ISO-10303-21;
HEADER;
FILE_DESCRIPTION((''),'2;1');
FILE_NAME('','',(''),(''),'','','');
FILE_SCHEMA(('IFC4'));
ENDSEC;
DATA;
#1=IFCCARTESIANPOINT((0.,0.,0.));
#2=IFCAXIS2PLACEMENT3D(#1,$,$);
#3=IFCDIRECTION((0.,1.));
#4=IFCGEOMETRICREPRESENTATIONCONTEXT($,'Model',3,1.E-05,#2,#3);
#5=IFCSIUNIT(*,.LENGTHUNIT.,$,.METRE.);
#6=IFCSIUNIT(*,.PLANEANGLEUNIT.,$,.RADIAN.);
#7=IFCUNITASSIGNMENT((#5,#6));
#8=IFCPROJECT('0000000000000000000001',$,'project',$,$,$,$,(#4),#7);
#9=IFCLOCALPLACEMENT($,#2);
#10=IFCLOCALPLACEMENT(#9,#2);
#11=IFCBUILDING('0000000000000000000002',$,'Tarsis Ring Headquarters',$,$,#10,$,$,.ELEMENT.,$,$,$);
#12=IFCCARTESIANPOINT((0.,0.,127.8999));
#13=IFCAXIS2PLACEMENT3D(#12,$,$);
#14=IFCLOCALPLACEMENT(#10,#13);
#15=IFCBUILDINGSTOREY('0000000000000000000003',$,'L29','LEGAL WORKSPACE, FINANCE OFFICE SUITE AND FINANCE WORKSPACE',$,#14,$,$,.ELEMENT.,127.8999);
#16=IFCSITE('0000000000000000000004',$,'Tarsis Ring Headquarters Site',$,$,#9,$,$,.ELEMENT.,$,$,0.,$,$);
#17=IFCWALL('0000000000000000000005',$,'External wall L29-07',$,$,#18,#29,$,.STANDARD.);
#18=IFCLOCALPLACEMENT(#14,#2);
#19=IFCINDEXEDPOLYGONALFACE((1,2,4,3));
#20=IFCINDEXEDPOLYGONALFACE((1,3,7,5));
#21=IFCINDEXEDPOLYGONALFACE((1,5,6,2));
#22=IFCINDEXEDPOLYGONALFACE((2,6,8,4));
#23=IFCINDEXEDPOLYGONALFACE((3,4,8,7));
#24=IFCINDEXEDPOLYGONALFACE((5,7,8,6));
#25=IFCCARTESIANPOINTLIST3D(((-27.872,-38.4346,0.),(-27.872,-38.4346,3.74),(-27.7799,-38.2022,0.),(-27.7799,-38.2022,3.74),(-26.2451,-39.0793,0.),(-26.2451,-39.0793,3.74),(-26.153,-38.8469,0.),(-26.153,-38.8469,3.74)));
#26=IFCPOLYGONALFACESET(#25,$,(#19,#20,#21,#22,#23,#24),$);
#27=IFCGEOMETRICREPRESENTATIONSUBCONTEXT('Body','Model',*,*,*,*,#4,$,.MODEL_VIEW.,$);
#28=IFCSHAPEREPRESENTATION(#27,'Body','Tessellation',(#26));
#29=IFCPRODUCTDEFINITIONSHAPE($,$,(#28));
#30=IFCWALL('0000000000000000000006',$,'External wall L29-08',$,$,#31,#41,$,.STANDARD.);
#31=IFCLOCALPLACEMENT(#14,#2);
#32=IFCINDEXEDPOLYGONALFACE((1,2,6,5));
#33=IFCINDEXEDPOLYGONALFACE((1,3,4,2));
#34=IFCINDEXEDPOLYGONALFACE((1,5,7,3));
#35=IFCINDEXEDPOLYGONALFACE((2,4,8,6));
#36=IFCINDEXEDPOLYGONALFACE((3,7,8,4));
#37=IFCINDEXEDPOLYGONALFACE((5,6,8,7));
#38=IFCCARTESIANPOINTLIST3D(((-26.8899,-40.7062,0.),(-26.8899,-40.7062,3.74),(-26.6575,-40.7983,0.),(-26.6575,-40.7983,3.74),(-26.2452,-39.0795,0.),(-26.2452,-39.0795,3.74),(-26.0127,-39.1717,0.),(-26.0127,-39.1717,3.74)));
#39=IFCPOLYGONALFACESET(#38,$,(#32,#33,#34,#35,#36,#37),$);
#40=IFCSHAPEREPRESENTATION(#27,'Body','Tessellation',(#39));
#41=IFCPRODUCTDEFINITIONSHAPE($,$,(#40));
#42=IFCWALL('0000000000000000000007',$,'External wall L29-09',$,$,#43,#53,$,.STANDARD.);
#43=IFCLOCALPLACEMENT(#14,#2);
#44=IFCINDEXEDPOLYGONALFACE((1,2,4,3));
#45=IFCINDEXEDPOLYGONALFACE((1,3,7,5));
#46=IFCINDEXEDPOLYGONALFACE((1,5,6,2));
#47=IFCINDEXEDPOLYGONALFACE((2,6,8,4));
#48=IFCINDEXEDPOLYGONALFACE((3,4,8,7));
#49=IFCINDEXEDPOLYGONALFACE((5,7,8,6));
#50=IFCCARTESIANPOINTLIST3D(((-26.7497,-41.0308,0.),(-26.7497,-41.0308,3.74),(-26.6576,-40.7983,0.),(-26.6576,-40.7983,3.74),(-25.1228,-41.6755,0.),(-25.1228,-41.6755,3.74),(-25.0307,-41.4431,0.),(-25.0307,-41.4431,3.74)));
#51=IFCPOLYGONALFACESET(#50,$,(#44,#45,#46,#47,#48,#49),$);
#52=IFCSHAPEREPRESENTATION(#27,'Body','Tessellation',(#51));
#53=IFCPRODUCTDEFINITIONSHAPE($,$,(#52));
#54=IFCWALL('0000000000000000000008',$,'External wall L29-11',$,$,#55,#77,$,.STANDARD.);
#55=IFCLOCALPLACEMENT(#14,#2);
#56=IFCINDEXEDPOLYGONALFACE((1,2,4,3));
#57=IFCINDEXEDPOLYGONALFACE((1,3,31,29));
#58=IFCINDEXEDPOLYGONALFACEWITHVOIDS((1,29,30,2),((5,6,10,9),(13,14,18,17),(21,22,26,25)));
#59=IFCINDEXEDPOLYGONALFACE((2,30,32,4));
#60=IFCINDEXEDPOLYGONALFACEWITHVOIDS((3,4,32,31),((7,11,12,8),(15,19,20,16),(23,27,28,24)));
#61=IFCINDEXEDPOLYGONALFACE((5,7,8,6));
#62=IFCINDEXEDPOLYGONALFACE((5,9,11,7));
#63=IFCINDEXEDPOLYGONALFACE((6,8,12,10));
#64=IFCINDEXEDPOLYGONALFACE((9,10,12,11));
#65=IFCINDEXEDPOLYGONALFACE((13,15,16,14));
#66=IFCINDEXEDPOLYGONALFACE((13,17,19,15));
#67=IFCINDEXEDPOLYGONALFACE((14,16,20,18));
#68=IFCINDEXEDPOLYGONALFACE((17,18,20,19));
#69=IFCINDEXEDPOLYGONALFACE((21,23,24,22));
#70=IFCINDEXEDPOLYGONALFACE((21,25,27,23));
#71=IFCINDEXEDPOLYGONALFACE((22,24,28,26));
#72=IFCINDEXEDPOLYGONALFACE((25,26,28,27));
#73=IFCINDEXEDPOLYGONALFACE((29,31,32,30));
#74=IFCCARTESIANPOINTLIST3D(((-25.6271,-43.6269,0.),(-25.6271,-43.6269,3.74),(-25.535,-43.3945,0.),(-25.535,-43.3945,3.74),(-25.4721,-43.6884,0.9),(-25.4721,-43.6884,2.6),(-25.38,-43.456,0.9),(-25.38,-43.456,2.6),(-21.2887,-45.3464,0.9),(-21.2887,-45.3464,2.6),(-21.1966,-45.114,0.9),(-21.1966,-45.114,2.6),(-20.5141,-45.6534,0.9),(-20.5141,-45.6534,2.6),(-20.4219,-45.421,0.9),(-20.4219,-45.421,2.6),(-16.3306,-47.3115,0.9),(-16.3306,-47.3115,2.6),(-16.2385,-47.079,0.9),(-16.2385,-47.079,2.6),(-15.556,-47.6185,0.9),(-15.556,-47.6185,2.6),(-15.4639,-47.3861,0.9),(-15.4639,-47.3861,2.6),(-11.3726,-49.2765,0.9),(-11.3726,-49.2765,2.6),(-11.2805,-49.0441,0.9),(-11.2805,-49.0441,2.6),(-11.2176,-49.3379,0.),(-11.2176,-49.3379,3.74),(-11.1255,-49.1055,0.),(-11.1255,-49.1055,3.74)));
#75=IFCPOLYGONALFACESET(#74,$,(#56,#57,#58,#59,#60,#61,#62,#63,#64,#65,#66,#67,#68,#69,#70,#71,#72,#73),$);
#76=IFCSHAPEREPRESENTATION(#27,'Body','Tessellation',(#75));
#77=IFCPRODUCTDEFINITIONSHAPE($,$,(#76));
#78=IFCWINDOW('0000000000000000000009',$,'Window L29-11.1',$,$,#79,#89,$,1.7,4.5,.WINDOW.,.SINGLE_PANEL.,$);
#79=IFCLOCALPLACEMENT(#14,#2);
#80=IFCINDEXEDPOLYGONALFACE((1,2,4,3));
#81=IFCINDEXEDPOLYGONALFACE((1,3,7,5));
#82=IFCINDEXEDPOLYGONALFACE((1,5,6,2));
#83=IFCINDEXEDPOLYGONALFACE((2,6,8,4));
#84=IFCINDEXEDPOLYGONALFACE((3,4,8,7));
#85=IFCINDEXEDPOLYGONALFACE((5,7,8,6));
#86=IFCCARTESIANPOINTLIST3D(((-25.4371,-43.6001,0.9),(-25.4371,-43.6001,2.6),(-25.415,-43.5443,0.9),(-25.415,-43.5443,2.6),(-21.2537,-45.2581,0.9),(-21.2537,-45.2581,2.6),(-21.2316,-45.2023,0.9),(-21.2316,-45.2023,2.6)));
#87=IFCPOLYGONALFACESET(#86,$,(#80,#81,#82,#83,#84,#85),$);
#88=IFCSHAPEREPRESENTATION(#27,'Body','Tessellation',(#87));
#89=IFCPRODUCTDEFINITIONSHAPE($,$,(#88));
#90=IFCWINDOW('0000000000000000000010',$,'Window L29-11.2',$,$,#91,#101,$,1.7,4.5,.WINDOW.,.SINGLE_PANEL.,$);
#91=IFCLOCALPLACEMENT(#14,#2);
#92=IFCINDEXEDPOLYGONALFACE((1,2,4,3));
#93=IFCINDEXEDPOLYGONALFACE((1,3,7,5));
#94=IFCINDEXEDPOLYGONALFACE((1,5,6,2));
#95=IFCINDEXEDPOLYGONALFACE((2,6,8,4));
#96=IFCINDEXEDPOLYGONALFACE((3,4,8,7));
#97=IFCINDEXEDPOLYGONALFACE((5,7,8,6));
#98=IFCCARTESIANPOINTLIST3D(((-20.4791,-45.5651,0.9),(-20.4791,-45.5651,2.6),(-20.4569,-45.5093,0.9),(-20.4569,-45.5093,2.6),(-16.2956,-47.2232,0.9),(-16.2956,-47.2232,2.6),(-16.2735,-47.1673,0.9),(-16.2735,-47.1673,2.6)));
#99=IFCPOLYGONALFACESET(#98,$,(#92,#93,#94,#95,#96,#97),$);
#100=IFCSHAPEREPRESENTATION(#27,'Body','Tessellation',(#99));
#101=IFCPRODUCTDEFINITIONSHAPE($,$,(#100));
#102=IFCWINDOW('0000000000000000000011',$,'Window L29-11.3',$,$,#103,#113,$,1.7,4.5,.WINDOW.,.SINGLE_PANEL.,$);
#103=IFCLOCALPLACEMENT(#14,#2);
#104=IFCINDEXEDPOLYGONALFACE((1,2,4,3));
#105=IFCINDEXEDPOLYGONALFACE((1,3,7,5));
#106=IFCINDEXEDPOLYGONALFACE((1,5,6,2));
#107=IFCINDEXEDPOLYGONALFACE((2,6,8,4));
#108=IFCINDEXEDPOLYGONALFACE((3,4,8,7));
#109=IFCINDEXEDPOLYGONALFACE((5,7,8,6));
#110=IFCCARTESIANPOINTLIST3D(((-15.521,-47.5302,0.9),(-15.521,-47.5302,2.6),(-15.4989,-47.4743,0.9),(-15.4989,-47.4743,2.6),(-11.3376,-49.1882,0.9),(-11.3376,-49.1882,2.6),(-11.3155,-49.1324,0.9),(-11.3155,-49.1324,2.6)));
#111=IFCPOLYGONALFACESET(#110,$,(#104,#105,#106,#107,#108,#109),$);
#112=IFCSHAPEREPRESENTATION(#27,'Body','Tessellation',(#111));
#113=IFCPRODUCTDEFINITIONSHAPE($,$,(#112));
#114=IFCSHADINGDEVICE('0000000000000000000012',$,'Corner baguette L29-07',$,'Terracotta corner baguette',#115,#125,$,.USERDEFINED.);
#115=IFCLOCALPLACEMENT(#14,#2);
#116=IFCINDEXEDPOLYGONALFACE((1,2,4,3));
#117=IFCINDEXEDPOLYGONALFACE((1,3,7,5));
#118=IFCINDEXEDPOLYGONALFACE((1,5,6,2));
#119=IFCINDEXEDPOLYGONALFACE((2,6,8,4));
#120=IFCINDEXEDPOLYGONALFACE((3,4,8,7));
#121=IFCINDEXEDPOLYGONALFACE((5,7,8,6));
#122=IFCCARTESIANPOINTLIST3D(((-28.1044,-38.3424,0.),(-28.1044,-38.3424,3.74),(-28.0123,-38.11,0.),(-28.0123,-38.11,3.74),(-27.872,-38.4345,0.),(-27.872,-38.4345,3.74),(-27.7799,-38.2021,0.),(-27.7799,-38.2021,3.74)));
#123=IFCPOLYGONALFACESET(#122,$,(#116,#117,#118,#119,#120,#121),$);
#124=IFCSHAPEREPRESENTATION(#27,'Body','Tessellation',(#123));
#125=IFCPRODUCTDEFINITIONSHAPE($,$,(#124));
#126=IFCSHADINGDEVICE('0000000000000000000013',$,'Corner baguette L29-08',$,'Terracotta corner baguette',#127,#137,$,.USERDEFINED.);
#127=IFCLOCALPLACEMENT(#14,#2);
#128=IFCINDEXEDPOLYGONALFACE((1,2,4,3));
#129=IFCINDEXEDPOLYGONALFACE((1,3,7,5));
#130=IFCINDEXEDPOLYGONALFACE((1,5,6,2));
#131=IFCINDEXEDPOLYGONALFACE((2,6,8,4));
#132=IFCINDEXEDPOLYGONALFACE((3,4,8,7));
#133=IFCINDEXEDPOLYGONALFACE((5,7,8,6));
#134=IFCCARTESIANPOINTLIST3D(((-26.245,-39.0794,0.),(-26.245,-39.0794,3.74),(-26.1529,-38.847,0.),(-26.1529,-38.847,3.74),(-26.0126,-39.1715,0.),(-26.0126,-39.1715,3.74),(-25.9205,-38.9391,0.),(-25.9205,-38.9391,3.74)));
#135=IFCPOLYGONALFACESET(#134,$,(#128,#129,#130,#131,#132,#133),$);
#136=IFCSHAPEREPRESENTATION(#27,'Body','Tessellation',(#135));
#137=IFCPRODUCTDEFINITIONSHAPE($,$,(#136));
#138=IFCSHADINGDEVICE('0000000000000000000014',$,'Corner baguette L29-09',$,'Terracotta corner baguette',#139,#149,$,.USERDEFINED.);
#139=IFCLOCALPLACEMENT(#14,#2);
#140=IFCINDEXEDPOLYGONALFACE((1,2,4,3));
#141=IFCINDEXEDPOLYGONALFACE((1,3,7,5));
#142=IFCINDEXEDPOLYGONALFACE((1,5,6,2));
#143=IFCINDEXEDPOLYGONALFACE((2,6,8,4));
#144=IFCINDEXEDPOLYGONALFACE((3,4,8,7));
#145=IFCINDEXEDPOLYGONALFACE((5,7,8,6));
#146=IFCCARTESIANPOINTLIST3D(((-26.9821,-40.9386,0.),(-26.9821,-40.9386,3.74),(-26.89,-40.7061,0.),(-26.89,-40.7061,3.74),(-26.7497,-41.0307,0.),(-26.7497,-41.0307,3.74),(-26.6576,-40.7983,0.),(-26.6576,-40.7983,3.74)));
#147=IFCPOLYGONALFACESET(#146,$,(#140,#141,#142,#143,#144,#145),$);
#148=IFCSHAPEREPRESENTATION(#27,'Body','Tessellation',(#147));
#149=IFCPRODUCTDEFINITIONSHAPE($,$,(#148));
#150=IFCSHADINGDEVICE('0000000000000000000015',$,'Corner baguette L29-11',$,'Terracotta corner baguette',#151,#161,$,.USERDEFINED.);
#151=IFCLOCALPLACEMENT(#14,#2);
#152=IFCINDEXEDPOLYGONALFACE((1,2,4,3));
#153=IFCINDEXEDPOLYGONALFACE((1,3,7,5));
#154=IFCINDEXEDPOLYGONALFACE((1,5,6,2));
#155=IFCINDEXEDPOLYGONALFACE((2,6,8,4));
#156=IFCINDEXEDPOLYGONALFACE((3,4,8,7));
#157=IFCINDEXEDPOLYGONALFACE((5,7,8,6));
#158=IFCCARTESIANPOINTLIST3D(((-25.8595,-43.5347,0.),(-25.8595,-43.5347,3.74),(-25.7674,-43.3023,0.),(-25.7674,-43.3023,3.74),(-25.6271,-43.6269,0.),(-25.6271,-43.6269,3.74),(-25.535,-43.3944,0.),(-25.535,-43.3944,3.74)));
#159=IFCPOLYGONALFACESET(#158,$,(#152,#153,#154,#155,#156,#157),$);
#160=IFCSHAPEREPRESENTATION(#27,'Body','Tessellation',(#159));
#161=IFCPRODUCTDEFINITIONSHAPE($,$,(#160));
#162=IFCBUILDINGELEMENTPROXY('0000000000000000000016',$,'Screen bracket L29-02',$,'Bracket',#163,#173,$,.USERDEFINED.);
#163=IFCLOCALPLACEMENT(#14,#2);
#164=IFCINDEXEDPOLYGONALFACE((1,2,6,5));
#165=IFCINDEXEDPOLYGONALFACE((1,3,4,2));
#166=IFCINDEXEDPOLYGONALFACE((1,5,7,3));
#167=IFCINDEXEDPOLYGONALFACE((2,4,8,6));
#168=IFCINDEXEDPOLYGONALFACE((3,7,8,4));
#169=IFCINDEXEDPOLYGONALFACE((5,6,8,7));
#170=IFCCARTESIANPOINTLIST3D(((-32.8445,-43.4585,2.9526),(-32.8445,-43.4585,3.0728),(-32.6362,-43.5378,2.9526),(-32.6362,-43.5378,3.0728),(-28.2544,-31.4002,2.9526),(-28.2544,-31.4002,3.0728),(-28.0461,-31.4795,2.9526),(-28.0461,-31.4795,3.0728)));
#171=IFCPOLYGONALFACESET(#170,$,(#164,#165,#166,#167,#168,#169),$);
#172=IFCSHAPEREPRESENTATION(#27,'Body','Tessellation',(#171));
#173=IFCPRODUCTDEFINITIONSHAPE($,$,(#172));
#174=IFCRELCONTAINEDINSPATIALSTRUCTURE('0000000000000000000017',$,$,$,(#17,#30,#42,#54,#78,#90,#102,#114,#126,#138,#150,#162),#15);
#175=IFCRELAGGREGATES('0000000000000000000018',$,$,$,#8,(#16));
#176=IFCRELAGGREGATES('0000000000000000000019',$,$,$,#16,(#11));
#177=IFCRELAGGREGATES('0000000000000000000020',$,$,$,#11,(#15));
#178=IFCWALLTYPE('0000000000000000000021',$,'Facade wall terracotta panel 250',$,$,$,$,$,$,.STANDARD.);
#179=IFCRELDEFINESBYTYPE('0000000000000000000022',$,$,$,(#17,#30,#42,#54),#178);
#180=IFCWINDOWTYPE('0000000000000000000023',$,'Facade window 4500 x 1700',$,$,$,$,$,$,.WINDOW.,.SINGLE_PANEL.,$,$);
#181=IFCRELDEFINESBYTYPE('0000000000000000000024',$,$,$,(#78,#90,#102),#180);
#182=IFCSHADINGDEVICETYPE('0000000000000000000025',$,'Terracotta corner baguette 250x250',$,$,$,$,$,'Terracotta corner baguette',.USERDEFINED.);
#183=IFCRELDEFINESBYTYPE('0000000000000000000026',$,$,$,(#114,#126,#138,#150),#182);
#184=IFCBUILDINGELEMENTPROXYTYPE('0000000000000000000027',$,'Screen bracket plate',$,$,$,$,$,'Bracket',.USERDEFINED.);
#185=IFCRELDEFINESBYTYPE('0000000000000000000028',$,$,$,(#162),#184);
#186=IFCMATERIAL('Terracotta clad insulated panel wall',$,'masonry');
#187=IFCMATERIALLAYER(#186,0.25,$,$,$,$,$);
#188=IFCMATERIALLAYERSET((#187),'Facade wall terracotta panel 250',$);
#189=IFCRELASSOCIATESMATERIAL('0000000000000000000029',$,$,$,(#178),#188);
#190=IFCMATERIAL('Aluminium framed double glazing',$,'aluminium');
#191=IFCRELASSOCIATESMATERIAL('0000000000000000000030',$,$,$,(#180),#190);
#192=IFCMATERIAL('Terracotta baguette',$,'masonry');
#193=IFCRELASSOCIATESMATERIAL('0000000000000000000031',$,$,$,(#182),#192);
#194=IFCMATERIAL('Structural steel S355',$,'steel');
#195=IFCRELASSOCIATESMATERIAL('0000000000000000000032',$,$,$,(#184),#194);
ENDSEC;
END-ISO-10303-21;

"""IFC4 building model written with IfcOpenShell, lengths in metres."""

from ifc_helpers import new_model, si_unit, direction, frame, frame_2d, origin, origin_2d, place, context, subcontext, project, spatial, rectangle, extrude, material, layer, layer_set, type_object, element, fill, save


model = new_model("IFC4")

# Units and contexts
model_context = context("Model", 3, precision=1e-05, world=origin(), true_north=direction((0.0, 1.0)))
body_context = subcontext(model_context, "Body", "Model", "MODEL_VIEW")
ifc_project = project(units=[si_unit("LENGTHUNIT", "METRE"), si_unit("PLANEANGLEUNIT", "RADIAN")], contexts=[model_context])

# Site, building, storey
site_placement = place(None, origin())
site = spatial("IfcSite", under=ifc_project, at=site_placement, Name="Tarsis Ring Headquarters Site", CompositionType="ELEMENT", RefElevation=0.0)
building_placement = place(site_placement, origin())
building = spatial("IfcBuilding", under=site, at=building_placement, Name="Tarsis Ring Headquarters", CompositionType="ELEMENT")
storey_placement = place(building_placement, frame((0.0, 0.0, 127.8999)))
storey = spatial("IfcBuildingStorey", under=building, at=storey_placement, Name="L29", Description="LEGAL WORKSPACE, FINANCE OFFICE SUITE AND FINANCE WORKSPACE", CompositionType="ELEMENT", Elevation=127.8999)

# Shared definitions
ifc_material_1 = material(Name="Structural steel S355", Category="steel")

# Walls
ifc_material_2 = material(Name="Terracotta clad insulated panel wall", Category="masonry")
ifc_layer_1 = layer(ifc_material_2, 0.25)
ifc_layer_set_1 = layer_set([ifc_layer_1], Name="Facade wall terracotta panel 250")
wall_type_1 = type_object("IfcWallType", Name="Facade wall terracotta panel 250", PredefinedType="STANDARD", material=ifc_layer_set_1)
wall_1_placement = place(storey_placement, frame((-27.8259, -38.3184, 0.0), z_axis=(0.0, 0.0, 1.0), x_axis=(0.929655, -0.36843, 0.0)))
element("IfcWall", 1, at=wall_1_placement, inside=storey, type_object=wall_type_1, Name="External wall L29-07", PredefinedType="STANDARD", context=body_context, shape_type="SweptSolid", body=[
    extrude(rectangle(XDim=1.75, YDim=0.25, at=frame_2d((0.875, 0.0))), origin(), (0.0, 0.0, 1.0), 3.74),
])
wall_2_placement = place(storey_placement, frame((-26.1289, -39.1255, 0.0), z_axis=(0.0, 0.0, 1.0), x_axis=(-0.368478, -0.929636, 0.0)))
element("IfcWall", 2, at=wall_2_placement, inside=storey, type_object=wall_type_1, Name="External wall L29-08", PredefinedType="STANDARD", context=body_context, shape_type="SweptSolid", body=[
    extrude(rectangle(XDim=1.7498, YDim=0.25, at=frame_2d((0.875, 0.0))), origin(), (0.0, 0.0, 1.0), 3.74),
])
wall_3_placement = place(storey_placement, frame((-26.7036, -40.9146, 0.0), z_axis=(0.0, 0.0, 1.0), x_axis=(0.929655, -0.36843, 0.0)))
element("IfcWall", 3, at=wall_3_placement, inside=storey, type_object=wall_type_1, Name="External wall L29-09", PredefinedType="STANDARD", context=body_context, shape_type="SweptSolid", body=[
    extrude(rectangle(XDim=1.75, YDim=0.25, at=frame_2d((0.875, 0.0))), origin(), (0.0, 0.0, 1.0), 3.74),
])

# Wall, openings, windows
wall_4_placement = place(storey_placement, frame((-25.5811, -43.5107, 0.0), z_axis=(0.0, 0.0, 1.0), x_axis=(0.929647, -0.36845, 0.0)))
wall_4 = element("IfcWall", 4, at=wall_4_placement, inside=storey, type_object=wall_type_1, Name="External wall L29-11", PredefinedType="STANDARD", context=body_context, shape_type="SweptSolid", body=[
    extrude(rectangle(XDim=15.5, YDim=0.25, at=frame_2d((7.75, 0.0))), origin(), (0.0, 0.0, 1.0), 3.74),
])
opening_1_placement = place(wall_4_placement, frame((0.1667, 0.0, 0.8999)))
opening_1 = element("IfcOpeningElement", 5, at=opening_1_placement, cuts=wall_4, PredefinedType="OPENING", context=body_context, shape_type="SweptSolid", body=[
    extrude(rectangle(XDim=4.5, YDim=1.7, at=frame_2d((2.25, 0.8501))), frame((0.0, 0.135, 0.0), z_axis=(0.0, -1.0, 0.0), x_axis=(1.0, 0.0, 0.0)), (0.0, 0.0, 1.0), 0.27),
])
opening_2_placement = place(wall_4_placement, frame((5.5, 0.0, 0.8999)))
opening_2 = element("IfcOpeningElement", 6, at=opening_2_placement, cuts=wall_4, PredefinedType="OPENING", context=body_context, shape_type="SweptSolid", body=[
    extrude(rectangle(XDim=4.5, YDim=1.7, at=frame_2d((2.25, 0.8501))), frame((0.0, 0.135, 0.0), z_axis=(0.0, -1.0, 0.0), x_axis=(1.0, 0.0, 0.0)), (0.0, 0.0, 1.0), 0.27),
])
opening_3_placement = place(wall_4_placement, frame((10.8333, 0.0, 0.8999)))
opening_3 = element("IfcOpeningElement", 7, at=opening_3_placement, cuts=wall_4, PredefinedType="OPENING", context=body_context, shape_type="SweptSolid", body=[
    extrude(rectangle(XDim=4.5, YDim=1.7, at=frame_2d((2.25, 0.8501))), frame((0.0, 0.135, 0.0), z_axis=(0.0, -1.0, 0.0), x_axis=(1.0, 0.0, 0.0)), (0.0, 0.0, 1.0), 0.27),
])
ifc_material_3 = material(Name="Aluminium framed double glazing", Category="aluminium")
window_type = type_object("IfcWindowType", Name="Facade window 4500 x 1700", PartitioningType="SINGLE_PANEL", PredefinedType="WINDOW", material=ifc_material_3)
window_1_placement = place(opening_1_placement, origin())
window_1 = element("IfcWindow", 8, at=window_1_placement, inside=storey, type_object=window_type, Name="Window L29-11.1", OverallHeight=1.7, OverallWidth=4.5, PartitioningType="SINGLE_PANEL", PredefinedType="WINDOW", context=body_context, shape_type="SweptSolid", body=[
    extrude(rectangle(XDim=4.5, YDim=1.7, at=frame_2d((2.25, 0.8501))), frame((0.0, 0.03, 0.0), z_axis=(0.0, -1.0, 0.0), x_axis=(1.0, 0.0, 0.0)), (0.0, 0.0, 1.0), 0.0601),
])
fill(opening_1, window_1)
window_2_placement = place(opening_2_placement, origin())
window_2 = element("IfcWindow", 9, at=window_2_placement, inside=storey, type_object=window_type, Name="Window L29-11.2", OverallHeight=1.7, OverallWidth=4.5, PartitioningType="SINGLE_PANEL", PredefinedType="WINDOW", context=body_context, shape_type="SweptSolid", body=[
    extrude(rectangle(XDim=4.5, YDim=1.7, at=frame_2d((2.25, 0.8501))), frame((0.0, 0.03, 0.0), z_axis=(0.0, -1.0, 0.0), x_axis=(1.0, 0.0, 0.0)), (0.0, 0.0, 1.0), 0.0601),
])
fill(opening_2, window_2)
window_3_placement = place(opening_3_placement, origin())
window_3 = element("IfcWindow", 10, at=window_3_placement, inside=storey, type_object=window_type, Name="Window L29-11.3", OverallHeight=1.7, OverallWidth=4.5, PartitioningType="SINGLE_PANEL", PredefinedType="WINDOW", context=body_context, shape_type="SweptSolid", body=[
    extrude(rectangle(XDim=4.5, YDim=1.7, at=frame_2d((2.25, 0.8501))), frame((0.0, 0.03, 0.0), z_axis=(0.0, -1.0, 0.0), x_axis=(1.0, 0.0, 0.0)), (0.0, 0.0, 1.0), 0.0601),
])
fill(opening_3, window_3)

# Shading devices
ifc_material_4 = material(Name="Terracotta baguette", Category="masonry")
shading_device_type_1 = type_object("IfcShadingDeviceType", Name="Terracotta corner baguette 250x250", ElementType="Terracotta corner baguette", PredefinedType="USERDEFINED", material=ifc_material_4)
for number, where, z_axis, x_axis, name in (
    (11, (-27.9421, -38.2722, 0.0), (0.0, 0.0, 1.0), (-0.368449, -0.929648, 0.0), "Corner baguette L29-07"),
    (12, (-26.0828, -39.0093, 0.0), (0.0, 0.0, 1.0), (0.929648, -0.368449, 0.0), "Corner baguette L29-08"),
    (13, (-26.8198, -40.8684, 0.0), (0.0, 0.0, 1.0), (-0.368449, -0.929648, 0.0), "Corner baguette L29-09"),
    (14, (-25.6973, -43.4646, 0.0), (0.0, 0.0, 1.0), (-0.368449, -0.929648, 0.0), "Corner baguette L29-11"),
):
    element("IfcShadingDevice", number, at=place(storey_placement, frame(where, z_axis=z_axis, x_axis=x_axis)), inside=storey, type_object=shading_device_type_1, Name=name, ObjectType="Terracotta corner baguette", PredefinedType="USERDEFINED", context=body_context, shape_type="SweptSolid", body=[
        extrude(rectangle(XDim=0.25, YDim=0.25, at=origin_2d()), origin(), (0.0, 0.0, 1.0), 3.74),
    ])

# Building element proxy
building_element_proxy_type = type_object("IfcBuildingElementProxyType", Name="Screen bracket plate", ElementType="Bracket", PredefinedType="USERDEFINED", material=ifc_material_1)
proxy_placement = place(storey_placement, frame((-30.4453, -37.469, 2.9526), z_axis=(0.0, 0.0, 1.0), x_axis=(-0.355759, -0.934578, 0.0)))
element("IfcBuildingElementProxy", 15, at=proxy_placement, inside=storey, type_object=building_element_proxy_type, Name="Screen bracket L29-02", ObjectType="Bracket", PredefinedType="USERDEFINED", context=body_context, shape_type="SweptSolid", body=[
    extrude(rectangle(XDim=12.9023, YDim=0.2229, at=origin_2d()), origin(), (0.0, 0.0, 1.0), 0.1201),
])

save(model, "model.ifc")
